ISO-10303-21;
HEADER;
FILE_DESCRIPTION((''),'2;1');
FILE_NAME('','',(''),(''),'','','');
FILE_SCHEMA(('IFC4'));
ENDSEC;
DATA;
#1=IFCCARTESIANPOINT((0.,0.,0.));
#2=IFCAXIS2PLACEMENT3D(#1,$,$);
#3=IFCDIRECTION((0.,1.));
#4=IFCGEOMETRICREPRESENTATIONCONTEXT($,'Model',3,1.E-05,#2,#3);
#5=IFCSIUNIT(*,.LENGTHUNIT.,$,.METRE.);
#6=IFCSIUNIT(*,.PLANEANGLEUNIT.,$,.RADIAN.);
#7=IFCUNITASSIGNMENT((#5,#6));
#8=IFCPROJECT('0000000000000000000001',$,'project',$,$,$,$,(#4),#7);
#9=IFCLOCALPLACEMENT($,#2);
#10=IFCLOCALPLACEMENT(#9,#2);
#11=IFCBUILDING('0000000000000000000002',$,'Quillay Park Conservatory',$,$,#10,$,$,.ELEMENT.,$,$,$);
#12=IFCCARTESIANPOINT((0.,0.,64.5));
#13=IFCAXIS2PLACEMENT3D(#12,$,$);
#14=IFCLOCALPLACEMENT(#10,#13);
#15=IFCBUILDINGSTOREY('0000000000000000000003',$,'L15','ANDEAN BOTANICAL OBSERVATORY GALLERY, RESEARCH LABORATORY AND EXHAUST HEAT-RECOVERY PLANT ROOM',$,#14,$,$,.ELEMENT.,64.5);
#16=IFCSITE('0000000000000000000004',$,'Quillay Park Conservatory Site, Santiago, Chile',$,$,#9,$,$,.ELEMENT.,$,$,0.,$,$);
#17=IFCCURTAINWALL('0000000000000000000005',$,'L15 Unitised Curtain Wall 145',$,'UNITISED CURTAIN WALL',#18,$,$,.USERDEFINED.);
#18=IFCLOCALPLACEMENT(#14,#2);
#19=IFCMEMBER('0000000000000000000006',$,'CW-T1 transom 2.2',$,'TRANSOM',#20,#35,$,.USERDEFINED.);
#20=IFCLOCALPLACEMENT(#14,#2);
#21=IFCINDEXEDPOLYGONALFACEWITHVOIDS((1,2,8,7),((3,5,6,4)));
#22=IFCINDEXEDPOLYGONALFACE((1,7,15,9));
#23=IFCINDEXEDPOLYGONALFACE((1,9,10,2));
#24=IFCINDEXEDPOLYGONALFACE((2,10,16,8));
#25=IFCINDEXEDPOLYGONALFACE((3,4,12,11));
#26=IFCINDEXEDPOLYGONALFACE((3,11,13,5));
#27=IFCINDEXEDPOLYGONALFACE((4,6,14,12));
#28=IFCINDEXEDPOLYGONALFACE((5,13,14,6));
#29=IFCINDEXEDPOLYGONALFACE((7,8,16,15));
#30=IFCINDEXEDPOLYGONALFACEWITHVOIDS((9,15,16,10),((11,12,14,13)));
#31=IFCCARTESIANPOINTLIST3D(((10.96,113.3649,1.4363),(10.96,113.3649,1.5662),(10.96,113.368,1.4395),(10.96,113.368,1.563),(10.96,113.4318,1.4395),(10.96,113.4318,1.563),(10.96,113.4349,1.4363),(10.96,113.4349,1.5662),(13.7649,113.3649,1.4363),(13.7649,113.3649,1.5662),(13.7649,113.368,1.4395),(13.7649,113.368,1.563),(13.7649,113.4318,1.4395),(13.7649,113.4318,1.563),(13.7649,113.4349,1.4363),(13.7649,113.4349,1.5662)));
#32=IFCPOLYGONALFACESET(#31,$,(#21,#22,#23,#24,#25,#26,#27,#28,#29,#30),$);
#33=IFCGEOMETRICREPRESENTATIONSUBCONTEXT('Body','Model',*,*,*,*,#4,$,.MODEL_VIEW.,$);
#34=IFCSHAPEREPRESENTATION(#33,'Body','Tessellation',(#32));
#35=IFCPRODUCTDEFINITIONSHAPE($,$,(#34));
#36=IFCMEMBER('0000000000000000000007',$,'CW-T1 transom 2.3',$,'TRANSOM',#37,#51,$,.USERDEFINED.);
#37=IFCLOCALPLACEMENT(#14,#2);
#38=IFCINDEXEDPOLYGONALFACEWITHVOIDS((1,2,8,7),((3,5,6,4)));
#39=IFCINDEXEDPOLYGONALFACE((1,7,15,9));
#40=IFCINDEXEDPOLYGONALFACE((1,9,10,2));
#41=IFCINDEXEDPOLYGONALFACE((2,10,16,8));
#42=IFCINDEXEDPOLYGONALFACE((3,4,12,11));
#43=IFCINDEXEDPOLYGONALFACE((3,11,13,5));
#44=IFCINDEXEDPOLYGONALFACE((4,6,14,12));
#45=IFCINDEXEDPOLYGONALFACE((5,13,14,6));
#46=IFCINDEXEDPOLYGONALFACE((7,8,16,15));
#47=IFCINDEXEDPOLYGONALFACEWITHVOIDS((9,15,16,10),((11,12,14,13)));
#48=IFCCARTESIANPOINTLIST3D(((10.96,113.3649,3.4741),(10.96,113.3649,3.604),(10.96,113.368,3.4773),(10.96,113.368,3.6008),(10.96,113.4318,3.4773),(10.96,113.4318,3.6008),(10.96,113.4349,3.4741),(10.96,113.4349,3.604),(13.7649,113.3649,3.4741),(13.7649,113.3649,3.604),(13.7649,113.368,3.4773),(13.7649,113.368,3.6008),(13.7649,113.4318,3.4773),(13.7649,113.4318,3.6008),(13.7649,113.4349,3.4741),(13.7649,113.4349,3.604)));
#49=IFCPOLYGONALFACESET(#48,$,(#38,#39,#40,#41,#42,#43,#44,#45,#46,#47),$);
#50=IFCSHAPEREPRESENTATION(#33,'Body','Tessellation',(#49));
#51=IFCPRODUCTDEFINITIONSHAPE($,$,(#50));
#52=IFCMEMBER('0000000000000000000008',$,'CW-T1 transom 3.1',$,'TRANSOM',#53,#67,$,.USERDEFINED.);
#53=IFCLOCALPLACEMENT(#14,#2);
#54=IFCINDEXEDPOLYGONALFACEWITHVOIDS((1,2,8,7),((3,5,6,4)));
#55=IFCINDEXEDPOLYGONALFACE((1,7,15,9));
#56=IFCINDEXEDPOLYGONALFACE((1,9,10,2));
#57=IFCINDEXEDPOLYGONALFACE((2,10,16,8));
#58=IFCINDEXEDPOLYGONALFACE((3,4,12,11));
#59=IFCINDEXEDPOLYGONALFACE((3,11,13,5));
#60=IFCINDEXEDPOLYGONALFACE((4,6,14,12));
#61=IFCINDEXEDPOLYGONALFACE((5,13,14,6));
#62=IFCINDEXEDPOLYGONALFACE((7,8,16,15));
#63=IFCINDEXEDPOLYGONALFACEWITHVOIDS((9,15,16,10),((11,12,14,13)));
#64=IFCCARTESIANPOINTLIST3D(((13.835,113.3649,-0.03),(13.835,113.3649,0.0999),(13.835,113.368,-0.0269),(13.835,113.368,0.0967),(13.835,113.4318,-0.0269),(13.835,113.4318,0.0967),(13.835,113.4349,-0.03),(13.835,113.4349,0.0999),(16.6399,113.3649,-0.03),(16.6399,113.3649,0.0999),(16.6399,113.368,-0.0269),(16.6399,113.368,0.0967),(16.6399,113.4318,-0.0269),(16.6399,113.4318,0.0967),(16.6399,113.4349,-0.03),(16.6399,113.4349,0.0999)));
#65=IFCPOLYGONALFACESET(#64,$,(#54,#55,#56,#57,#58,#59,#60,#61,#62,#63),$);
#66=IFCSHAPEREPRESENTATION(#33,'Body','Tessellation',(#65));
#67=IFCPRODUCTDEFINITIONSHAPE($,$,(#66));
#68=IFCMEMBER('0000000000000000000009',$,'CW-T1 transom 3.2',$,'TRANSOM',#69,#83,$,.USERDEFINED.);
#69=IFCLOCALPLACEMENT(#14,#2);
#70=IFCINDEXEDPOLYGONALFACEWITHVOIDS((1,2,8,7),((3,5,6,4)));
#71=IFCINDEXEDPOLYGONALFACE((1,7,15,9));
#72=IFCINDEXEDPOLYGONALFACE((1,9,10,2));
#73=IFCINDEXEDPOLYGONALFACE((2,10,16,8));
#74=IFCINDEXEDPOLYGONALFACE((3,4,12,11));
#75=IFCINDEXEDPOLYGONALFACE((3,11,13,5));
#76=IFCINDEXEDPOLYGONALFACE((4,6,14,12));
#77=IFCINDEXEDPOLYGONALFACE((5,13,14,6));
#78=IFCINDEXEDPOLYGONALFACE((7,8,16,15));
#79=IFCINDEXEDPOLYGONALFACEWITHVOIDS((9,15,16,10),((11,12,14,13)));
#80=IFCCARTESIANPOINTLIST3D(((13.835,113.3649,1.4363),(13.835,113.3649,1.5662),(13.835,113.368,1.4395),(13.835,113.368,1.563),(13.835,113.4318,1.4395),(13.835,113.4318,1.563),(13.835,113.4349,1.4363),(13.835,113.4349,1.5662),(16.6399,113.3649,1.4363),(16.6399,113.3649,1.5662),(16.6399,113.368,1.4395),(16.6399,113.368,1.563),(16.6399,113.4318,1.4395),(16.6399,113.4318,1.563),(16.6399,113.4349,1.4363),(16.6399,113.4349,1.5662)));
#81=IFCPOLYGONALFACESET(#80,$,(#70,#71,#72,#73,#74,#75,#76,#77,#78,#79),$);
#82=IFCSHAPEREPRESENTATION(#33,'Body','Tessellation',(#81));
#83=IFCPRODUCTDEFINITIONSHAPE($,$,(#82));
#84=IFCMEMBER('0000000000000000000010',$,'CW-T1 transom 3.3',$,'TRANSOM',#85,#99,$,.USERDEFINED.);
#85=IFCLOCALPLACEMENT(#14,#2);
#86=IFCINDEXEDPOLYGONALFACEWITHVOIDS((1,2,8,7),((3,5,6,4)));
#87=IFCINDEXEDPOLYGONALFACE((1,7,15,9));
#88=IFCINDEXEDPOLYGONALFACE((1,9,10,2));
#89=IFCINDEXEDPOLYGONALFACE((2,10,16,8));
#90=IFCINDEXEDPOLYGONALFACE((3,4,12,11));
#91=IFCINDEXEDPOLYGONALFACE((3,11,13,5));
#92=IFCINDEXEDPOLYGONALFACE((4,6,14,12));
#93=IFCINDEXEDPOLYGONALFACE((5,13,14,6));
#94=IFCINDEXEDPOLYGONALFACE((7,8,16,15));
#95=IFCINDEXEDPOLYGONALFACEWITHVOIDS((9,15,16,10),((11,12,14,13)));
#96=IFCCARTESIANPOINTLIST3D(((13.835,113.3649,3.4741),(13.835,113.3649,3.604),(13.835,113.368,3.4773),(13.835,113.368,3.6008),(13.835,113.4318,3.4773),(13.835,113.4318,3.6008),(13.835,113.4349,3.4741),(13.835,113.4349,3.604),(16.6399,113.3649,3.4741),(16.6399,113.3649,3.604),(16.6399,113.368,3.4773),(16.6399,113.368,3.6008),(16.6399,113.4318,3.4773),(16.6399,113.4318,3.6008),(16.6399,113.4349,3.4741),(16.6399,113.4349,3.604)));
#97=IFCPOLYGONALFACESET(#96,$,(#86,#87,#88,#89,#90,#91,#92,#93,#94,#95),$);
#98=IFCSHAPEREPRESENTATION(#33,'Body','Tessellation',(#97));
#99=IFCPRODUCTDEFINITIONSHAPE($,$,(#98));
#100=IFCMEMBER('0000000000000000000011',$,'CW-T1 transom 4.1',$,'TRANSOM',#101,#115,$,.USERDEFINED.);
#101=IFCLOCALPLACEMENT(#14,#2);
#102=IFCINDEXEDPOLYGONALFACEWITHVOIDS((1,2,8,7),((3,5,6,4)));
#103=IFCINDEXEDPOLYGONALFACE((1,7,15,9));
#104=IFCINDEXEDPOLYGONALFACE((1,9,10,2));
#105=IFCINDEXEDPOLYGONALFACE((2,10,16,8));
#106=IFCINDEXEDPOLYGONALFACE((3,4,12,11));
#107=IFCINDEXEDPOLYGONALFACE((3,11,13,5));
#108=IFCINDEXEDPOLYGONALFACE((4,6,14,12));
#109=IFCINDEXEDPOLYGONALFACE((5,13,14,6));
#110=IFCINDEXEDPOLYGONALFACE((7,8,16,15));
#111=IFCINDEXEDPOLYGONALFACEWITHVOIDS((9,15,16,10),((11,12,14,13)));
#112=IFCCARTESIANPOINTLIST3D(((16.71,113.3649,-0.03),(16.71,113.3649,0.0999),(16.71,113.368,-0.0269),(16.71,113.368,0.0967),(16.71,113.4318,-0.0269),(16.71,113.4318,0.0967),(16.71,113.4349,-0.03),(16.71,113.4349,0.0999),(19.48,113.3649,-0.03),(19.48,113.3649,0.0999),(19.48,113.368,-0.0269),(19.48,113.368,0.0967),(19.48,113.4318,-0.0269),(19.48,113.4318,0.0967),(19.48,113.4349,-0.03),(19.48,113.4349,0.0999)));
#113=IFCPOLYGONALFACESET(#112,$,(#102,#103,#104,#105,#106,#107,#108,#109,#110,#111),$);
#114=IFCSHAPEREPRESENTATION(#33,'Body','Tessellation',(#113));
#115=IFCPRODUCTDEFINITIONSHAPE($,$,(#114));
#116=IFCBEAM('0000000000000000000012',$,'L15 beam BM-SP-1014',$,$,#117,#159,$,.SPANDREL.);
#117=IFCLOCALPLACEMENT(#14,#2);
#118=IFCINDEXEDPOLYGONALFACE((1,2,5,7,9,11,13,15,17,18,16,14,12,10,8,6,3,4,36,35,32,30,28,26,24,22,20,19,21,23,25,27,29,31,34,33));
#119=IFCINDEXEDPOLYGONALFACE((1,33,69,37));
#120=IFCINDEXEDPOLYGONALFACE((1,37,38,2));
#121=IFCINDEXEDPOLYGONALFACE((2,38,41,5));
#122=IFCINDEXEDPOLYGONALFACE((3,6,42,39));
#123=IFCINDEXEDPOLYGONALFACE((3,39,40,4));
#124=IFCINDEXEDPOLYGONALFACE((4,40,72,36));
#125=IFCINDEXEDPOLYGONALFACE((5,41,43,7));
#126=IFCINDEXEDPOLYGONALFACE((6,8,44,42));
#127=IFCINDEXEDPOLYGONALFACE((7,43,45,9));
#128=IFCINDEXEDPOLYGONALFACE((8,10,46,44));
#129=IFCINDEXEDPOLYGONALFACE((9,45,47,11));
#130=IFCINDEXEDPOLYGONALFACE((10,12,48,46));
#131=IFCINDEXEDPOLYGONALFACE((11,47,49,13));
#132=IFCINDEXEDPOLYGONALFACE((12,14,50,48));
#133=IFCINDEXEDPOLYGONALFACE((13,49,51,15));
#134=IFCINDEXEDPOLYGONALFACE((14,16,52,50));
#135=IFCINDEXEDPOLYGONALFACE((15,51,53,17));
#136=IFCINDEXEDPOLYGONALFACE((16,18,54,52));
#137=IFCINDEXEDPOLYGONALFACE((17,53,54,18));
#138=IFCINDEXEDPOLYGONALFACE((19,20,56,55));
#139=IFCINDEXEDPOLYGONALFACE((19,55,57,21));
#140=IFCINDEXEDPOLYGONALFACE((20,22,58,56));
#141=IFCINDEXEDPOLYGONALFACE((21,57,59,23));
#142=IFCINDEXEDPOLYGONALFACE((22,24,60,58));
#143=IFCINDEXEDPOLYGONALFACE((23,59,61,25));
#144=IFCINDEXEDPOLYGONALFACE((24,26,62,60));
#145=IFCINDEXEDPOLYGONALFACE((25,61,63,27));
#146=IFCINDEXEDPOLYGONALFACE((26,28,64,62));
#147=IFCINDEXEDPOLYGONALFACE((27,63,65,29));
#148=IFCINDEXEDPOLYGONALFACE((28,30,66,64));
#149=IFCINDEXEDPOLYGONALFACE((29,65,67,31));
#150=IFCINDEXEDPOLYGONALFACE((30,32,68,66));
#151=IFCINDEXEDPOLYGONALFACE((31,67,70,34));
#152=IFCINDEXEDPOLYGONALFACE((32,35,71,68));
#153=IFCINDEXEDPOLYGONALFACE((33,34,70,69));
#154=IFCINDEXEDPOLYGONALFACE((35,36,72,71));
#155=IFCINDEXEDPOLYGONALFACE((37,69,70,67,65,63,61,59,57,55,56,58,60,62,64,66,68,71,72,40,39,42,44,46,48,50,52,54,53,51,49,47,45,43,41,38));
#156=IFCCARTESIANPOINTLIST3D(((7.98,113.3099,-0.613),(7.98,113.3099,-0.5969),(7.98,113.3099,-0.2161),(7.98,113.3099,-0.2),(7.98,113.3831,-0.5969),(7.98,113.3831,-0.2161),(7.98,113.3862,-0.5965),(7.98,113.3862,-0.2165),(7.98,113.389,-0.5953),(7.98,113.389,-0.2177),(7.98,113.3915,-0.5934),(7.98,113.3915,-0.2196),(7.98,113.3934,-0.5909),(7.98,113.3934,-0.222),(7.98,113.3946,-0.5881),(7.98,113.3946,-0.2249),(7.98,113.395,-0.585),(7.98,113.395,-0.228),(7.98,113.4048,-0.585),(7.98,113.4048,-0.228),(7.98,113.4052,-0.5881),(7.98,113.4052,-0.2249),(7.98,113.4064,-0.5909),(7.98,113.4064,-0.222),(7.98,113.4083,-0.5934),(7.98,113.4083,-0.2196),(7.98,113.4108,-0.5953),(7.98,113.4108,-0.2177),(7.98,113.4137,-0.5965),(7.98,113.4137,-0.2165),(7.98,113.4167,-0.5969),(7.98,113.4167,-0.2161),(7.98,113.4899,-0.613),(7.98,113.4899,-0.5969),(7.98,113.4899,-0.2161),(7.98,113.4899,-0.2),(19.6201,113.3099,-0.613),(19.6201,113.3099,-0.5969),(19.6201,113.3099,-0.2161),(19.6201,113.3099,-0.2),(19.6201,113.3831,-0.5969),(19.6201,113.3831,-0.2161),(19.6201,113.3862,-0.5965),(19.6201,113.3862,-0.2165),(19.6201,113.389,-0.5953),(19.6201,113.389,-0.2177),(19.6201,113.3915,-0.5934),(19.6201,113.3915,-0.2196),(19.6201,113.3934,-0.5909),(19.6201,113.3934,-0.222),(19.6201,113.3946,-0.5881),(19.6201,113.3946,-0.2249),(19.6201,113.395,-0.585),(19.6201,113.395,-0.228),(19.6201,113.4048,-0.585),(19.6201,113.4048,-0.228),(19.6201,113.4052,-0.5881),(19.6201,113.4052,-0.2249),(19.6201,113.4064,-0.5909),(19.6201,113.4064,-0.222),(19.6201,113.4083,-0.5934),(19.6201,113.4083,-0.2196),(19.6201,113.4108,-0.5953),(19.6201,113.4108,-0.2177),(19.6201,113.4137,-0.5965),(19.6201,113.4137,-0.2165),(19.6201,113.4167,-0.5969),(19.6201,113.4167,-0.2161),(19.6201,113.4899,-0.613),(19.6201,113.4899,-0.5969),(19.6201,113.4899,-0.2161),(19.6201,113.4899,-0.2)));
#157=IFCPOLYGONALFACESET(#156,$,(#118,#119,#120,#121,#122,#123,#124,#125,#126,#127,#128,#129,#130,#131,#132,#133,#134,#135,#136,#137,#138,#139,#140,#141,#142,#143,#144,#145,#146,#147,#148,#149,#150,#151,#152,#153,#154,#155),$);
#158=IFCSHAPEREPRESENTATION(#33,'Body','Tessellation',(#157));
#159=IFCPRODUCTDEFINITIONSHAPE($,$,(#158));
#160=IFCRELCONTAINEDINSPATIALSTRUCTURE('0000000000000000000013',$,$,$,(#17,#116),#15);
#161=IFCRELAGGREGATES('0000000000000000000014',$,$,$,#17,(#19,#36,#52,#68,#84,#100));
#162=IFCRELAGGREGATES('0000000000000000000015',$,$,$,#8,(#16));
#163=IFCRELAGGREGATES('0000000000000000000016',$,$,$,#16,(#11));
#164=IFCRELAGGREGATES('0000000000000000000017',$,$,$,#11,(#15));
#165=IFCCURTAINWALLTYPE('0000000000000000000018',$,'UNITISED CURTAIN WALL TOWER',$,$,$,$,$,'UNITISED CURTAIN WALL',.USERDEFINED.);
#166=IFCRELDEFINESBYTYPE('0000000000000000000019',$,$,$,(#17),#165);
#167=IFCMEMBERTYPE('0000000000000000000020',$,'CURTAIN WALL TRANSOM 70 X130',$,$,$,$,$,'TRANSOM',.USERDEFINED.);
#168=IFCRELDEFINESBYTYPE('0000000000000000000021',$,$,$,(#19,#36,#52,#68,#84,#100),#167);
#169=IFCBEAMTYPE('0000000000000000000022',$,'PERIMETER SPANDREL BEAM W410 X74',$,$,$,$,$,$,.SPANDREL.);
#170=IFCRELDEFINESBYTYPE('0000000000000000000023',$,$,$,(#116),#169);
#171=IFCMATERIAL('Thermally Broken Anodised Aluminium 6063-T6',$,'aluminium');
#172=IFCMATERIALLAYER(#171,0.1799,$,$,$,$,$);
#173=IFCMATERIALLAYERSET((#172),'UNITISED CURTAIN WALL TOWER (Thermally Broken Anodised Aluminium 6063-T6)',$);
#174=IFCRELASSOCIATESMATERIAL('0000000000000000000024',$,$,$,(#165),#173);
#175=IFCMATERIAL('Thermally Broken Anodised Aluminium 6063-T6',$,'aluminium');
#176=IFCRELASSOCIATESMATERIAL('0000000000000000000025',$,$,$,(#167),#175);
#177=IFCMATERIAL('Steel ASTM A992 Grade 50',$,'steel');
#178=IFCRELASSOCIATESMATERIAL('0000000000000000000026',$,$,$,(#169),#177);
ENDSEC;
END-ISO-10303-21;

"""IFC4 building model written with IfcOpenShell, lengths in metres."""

from ifc_helpers import new_model, si_unit, direction, frame, origin, origin_2d, place, context, subcontext, project, spatial, hollow_rectangle, i_section, extrude, material, layer, layer_set, material_profile, profile_set, type_object, element, aggregate, save


model = new_model("IFC4")

# Units and contexts
model_context = context("Model", 3, precision=1e-05, world=origin(), true_north=direction((0.0, 1.0)))
body_context = subcontext(model_context, "Body", "Model", "MODEL_VIEW")
ifc_project = project(units=[si_unit("LENGTHUNIT", "METRE"), si_unit("PLANEANGLEUNIT", "RADIAN")], contexts=[model_context])

# Site, building, storey
site_placement = place(None, origin())
site = spatial("IfcSite", under=ifc_project, at=site_placement, Name="Quillay Park Conservatory Site, Santiago, Chile", CompositionType="ELEMENT", RefElevation=0.0)
building_placement = place(site_placement, origin())
building = spatial("IfcBuilding", under=site, at=building_placement, Name="Quillay Park Conservatory", CompositionType="ELEMENT")
storey_placement = place(building_placement, frame((0.0, 0.0, 64.5)))
storey = spatial("IfcBuildingStorey", under=building, at=storey_placement, Name="L15", Description="ANDEAN BOTANICAL OBSERVATORY GALLERY, RESEARCH LABORATORY AND EXHAUST HEAT-RECOVERY PLANT ROOM", CompositionType="ELEMENT", Elevation=64.5)

# Curtain wall, members
ifc_material_1 = material(Name="Thermally Broken Anodised Aluminium 6063-T6", Category="aluminium")
ifc_layer_1 = layer(ifc_material_1, 0.1799)
ifc_layer_set_1 = layer_set([ifc_layer_1], Name="UNITISED CURTAIN WALL TOWER (Thermally Broken Anodised Aluminium 6063-T6)")
curtain_wall_type = type_object("IfcCurtainWallType", Name="UNITISED CURTAIN WALL TOWER", ElementType="UNITISED CURTAIN WALL", PredefinedType="USERDEFINED", material=ifc_layer_set_1)
curtain_wall_placement = place(storey_placement, origin())
curtain_wall = element("IfcCurtainWall", 1, at=curtain_wall_placement, inside=storey, type_object=curtain_wall_type, Name="L15 Unitised Curtain Wall 145", ObjectType="UNITISED CURTAIN WALL", PredefinedType="USERDEFINED")
ifc_material_2 = material(Name="Thermally Broken Anodised Aluminium 6063-T6", Category="aluminium")
ifc_material_profile_1 = material_profile(ifc_material_2, hollow_rectangle(XDim=0.0701, YDim=0.1299, WallThickness=0.0032, at=origin_2d()), Name="AL70x130x3.2")
ifc_profile_set_1 = profile_set([ifc_material_profile_1], Name="Thermally Broken Anodised Aluminium 6063-T6")
member_type_1 = type_object("IfcMemberType", Name="CURTAIN WALL TRANSOM 70 X130", ElementType="TRANSOM", PredefinedType="USERDEFINED", material=ifc_profile_set_1)
member_1_placement = place(storey_placement, frame((10.96, 113.3999, 1.5012), z_axis=(1.0, 0.0, 0.0), x_axis=(0.0, 1.0, 0.0)))
member_1 = element("IfcMember", 2, at=member_1_placement, type_object=member_type_1, Name="CW-T1 transom 2.2", ObjectType="TRANSOM", PredefinedType="USERDEFINED", context=body_context, shape_type="SweptSolid", body=[
    extrude(hollow_rectangle(XDim=0.0701, YDim=0.1299, WallThickness=0.0032, at=origin_2d()), origin(), (0.0, 0.0, 1.0), 2.8049),
])
member_2_placement = place(storey_placement, frame((10.96, 113.3999, 3.5391), z_axis=(1.0, 0.0, 0.0), x_axis=(0.0, 1.0, 0.0)))
member_2 = element("IfcMember", 3, at=member_2_placement, type_object=member_type_1, Name="CW-T1 transom 2.3", ObjectType="TRANSOM", PredefinedType="USERDEFINED", context=body_context, shape_type="SweptSolid", body=[
    extrude(hollow_rectangle(XDim=0.0701, YDim=0.1299, WallThickness=0.0032, at=origin_2d()), origin(), (0.0, 0.0, 1.0), 2.8049),
])
member_3_placement = place(storey_placement, frame((13.835, 113.3999, 0.0349), z_axis=(1.0, 0.0, 0.0), x_axis=(0.0, 1.0, 0.0)))
member_3 = element("IfcMember", 4, at=member_3_placement, type_object=member_type_1, Name="CW-T1 transom 3.1", ObjectType="TRANSOM", PredefinedType="USERDEFINED", context=body_context, shape_type="SweptSolid", body=[
    extrude(hollow_rectangle(XDim=0.0701, YDim=0.1299, WallThickness=0.0032, at=origin_2d()), origin(), (0.0, 0.0, 1.0), 2.8049),
])
member_4_placement = place(storey_placement, frame((13.835, 113.3999, 1.5012), z_axis=(1.0, 0.0, 0.0), x_axis=(0.0, 1.0, 0.0)))
member_4 = element("IfcMember", 5, at=member_4_placement, type_object=member_type_1, Name="CW-T1 transom 3.2", ObjectType="TRANSOM", PredefinedType="USERDEFINED", context=body_context, shape_type="SweptSolid", body=[
    extrude(hollow_rectangle(XDim=0.0701, YDim=0.1299, WallThickness=0.0032, at=origin_2d()), origin(), (0.0, 0.0, 1.0), 2.8049),
])
member_5_placement = place(storey_placement, frame((13.835, 113.3999, 3.5391), z_axis=(1.0, 0.0, 0.0), x_axis=(0.0, 1.0, 0.0)))
member_5 = element("IfcMember", 6, at=member_5_placement, type_object=member_type_1, Name="CW-T1 transom 3.3", ObjectType="TRANSOM", PredefinedType="USERDEFINED", context=body_context, shape_type="SweptSolid", body=[
    extrude(hollow_rectangle(XDim=0.0701, YDim=0.1299, WallThickness=0.0032, at=origin_2d()), origin(), (0.0, 0.0, 1.0), 2.8049),
])
member_6_placement = place(storey_placement, frame((16.71, 113.3999, 0.0349), z_axis=(1.0, 0.0, 0.0), x_axis=(0.0, 1.0, 0.0)))
member_6 = element("IfcMember", 7, at=member_6_placement, type_object=member_type_1, Name="CW-T1 transom 4.1", ObjectType="TRANSOM", PredefinedType="USERDEFINED", context=body_context, shape_type="SweptSolid", body=[
    extrude(hollow_rectangle(XDim=0.0701, YDim=0.1299, WallThickness=0.0032, at=origin_2d()), origin(), (0.0, 0.0, 1.0), 2.77),
])

# Beam
ifc_material_3 = material(Name="Steel ASTM A992 Grade 50", Category="steel")
ifc_material_profile_2 = material_profile(ifc_material_3, i_section(OverallWidth=0.1799, OverallDepth=0.4131, WebThickness=0.0098, FlangeThickness=0.0161, FilletRadius=0.012, at=origin_2d()), Name="W410x74")
ifc_profile_set_2 = profile_set([ifc_material_profile_2], Name="Steel ASTM A992 Grade 50")
beam_type_1 = type_object("IfcBeamType", Name="PERIMETER SPANDREL BEAM W410 X74", PredefinedType="SPANDREL", material=ifc_profile_set_2)
beam_1_placement = place(storey_placement, frame((7.98, 113.3999, -0.4065), z_axis=(1.0, 0.0, 0.0), x_axis=(0.0, 1.0, 0.0)))
element("IfcBeam", 8, at=beam_1_placement, inside=storey, type_object=beam_type_1, Name="L15 beam BM-SP-1014", PredefinedType="SPANDREL", context=body_context, shape_type="SweptSolid", body=[
    extrude(i_section(OverallWidth=0.1799, OverallDepth=0.4131, WebThickness=0.0098, FlangeThickness=0.0161, FilletRadius=0.012, at=origin_2d()), origin(), (0.0, 0.0, 1.0), 11.6401),
])

aggregate(curtain_wall, [member_1, member_2, member_3, member_4, member_5, member_6])

save(model, "model.ifc")
